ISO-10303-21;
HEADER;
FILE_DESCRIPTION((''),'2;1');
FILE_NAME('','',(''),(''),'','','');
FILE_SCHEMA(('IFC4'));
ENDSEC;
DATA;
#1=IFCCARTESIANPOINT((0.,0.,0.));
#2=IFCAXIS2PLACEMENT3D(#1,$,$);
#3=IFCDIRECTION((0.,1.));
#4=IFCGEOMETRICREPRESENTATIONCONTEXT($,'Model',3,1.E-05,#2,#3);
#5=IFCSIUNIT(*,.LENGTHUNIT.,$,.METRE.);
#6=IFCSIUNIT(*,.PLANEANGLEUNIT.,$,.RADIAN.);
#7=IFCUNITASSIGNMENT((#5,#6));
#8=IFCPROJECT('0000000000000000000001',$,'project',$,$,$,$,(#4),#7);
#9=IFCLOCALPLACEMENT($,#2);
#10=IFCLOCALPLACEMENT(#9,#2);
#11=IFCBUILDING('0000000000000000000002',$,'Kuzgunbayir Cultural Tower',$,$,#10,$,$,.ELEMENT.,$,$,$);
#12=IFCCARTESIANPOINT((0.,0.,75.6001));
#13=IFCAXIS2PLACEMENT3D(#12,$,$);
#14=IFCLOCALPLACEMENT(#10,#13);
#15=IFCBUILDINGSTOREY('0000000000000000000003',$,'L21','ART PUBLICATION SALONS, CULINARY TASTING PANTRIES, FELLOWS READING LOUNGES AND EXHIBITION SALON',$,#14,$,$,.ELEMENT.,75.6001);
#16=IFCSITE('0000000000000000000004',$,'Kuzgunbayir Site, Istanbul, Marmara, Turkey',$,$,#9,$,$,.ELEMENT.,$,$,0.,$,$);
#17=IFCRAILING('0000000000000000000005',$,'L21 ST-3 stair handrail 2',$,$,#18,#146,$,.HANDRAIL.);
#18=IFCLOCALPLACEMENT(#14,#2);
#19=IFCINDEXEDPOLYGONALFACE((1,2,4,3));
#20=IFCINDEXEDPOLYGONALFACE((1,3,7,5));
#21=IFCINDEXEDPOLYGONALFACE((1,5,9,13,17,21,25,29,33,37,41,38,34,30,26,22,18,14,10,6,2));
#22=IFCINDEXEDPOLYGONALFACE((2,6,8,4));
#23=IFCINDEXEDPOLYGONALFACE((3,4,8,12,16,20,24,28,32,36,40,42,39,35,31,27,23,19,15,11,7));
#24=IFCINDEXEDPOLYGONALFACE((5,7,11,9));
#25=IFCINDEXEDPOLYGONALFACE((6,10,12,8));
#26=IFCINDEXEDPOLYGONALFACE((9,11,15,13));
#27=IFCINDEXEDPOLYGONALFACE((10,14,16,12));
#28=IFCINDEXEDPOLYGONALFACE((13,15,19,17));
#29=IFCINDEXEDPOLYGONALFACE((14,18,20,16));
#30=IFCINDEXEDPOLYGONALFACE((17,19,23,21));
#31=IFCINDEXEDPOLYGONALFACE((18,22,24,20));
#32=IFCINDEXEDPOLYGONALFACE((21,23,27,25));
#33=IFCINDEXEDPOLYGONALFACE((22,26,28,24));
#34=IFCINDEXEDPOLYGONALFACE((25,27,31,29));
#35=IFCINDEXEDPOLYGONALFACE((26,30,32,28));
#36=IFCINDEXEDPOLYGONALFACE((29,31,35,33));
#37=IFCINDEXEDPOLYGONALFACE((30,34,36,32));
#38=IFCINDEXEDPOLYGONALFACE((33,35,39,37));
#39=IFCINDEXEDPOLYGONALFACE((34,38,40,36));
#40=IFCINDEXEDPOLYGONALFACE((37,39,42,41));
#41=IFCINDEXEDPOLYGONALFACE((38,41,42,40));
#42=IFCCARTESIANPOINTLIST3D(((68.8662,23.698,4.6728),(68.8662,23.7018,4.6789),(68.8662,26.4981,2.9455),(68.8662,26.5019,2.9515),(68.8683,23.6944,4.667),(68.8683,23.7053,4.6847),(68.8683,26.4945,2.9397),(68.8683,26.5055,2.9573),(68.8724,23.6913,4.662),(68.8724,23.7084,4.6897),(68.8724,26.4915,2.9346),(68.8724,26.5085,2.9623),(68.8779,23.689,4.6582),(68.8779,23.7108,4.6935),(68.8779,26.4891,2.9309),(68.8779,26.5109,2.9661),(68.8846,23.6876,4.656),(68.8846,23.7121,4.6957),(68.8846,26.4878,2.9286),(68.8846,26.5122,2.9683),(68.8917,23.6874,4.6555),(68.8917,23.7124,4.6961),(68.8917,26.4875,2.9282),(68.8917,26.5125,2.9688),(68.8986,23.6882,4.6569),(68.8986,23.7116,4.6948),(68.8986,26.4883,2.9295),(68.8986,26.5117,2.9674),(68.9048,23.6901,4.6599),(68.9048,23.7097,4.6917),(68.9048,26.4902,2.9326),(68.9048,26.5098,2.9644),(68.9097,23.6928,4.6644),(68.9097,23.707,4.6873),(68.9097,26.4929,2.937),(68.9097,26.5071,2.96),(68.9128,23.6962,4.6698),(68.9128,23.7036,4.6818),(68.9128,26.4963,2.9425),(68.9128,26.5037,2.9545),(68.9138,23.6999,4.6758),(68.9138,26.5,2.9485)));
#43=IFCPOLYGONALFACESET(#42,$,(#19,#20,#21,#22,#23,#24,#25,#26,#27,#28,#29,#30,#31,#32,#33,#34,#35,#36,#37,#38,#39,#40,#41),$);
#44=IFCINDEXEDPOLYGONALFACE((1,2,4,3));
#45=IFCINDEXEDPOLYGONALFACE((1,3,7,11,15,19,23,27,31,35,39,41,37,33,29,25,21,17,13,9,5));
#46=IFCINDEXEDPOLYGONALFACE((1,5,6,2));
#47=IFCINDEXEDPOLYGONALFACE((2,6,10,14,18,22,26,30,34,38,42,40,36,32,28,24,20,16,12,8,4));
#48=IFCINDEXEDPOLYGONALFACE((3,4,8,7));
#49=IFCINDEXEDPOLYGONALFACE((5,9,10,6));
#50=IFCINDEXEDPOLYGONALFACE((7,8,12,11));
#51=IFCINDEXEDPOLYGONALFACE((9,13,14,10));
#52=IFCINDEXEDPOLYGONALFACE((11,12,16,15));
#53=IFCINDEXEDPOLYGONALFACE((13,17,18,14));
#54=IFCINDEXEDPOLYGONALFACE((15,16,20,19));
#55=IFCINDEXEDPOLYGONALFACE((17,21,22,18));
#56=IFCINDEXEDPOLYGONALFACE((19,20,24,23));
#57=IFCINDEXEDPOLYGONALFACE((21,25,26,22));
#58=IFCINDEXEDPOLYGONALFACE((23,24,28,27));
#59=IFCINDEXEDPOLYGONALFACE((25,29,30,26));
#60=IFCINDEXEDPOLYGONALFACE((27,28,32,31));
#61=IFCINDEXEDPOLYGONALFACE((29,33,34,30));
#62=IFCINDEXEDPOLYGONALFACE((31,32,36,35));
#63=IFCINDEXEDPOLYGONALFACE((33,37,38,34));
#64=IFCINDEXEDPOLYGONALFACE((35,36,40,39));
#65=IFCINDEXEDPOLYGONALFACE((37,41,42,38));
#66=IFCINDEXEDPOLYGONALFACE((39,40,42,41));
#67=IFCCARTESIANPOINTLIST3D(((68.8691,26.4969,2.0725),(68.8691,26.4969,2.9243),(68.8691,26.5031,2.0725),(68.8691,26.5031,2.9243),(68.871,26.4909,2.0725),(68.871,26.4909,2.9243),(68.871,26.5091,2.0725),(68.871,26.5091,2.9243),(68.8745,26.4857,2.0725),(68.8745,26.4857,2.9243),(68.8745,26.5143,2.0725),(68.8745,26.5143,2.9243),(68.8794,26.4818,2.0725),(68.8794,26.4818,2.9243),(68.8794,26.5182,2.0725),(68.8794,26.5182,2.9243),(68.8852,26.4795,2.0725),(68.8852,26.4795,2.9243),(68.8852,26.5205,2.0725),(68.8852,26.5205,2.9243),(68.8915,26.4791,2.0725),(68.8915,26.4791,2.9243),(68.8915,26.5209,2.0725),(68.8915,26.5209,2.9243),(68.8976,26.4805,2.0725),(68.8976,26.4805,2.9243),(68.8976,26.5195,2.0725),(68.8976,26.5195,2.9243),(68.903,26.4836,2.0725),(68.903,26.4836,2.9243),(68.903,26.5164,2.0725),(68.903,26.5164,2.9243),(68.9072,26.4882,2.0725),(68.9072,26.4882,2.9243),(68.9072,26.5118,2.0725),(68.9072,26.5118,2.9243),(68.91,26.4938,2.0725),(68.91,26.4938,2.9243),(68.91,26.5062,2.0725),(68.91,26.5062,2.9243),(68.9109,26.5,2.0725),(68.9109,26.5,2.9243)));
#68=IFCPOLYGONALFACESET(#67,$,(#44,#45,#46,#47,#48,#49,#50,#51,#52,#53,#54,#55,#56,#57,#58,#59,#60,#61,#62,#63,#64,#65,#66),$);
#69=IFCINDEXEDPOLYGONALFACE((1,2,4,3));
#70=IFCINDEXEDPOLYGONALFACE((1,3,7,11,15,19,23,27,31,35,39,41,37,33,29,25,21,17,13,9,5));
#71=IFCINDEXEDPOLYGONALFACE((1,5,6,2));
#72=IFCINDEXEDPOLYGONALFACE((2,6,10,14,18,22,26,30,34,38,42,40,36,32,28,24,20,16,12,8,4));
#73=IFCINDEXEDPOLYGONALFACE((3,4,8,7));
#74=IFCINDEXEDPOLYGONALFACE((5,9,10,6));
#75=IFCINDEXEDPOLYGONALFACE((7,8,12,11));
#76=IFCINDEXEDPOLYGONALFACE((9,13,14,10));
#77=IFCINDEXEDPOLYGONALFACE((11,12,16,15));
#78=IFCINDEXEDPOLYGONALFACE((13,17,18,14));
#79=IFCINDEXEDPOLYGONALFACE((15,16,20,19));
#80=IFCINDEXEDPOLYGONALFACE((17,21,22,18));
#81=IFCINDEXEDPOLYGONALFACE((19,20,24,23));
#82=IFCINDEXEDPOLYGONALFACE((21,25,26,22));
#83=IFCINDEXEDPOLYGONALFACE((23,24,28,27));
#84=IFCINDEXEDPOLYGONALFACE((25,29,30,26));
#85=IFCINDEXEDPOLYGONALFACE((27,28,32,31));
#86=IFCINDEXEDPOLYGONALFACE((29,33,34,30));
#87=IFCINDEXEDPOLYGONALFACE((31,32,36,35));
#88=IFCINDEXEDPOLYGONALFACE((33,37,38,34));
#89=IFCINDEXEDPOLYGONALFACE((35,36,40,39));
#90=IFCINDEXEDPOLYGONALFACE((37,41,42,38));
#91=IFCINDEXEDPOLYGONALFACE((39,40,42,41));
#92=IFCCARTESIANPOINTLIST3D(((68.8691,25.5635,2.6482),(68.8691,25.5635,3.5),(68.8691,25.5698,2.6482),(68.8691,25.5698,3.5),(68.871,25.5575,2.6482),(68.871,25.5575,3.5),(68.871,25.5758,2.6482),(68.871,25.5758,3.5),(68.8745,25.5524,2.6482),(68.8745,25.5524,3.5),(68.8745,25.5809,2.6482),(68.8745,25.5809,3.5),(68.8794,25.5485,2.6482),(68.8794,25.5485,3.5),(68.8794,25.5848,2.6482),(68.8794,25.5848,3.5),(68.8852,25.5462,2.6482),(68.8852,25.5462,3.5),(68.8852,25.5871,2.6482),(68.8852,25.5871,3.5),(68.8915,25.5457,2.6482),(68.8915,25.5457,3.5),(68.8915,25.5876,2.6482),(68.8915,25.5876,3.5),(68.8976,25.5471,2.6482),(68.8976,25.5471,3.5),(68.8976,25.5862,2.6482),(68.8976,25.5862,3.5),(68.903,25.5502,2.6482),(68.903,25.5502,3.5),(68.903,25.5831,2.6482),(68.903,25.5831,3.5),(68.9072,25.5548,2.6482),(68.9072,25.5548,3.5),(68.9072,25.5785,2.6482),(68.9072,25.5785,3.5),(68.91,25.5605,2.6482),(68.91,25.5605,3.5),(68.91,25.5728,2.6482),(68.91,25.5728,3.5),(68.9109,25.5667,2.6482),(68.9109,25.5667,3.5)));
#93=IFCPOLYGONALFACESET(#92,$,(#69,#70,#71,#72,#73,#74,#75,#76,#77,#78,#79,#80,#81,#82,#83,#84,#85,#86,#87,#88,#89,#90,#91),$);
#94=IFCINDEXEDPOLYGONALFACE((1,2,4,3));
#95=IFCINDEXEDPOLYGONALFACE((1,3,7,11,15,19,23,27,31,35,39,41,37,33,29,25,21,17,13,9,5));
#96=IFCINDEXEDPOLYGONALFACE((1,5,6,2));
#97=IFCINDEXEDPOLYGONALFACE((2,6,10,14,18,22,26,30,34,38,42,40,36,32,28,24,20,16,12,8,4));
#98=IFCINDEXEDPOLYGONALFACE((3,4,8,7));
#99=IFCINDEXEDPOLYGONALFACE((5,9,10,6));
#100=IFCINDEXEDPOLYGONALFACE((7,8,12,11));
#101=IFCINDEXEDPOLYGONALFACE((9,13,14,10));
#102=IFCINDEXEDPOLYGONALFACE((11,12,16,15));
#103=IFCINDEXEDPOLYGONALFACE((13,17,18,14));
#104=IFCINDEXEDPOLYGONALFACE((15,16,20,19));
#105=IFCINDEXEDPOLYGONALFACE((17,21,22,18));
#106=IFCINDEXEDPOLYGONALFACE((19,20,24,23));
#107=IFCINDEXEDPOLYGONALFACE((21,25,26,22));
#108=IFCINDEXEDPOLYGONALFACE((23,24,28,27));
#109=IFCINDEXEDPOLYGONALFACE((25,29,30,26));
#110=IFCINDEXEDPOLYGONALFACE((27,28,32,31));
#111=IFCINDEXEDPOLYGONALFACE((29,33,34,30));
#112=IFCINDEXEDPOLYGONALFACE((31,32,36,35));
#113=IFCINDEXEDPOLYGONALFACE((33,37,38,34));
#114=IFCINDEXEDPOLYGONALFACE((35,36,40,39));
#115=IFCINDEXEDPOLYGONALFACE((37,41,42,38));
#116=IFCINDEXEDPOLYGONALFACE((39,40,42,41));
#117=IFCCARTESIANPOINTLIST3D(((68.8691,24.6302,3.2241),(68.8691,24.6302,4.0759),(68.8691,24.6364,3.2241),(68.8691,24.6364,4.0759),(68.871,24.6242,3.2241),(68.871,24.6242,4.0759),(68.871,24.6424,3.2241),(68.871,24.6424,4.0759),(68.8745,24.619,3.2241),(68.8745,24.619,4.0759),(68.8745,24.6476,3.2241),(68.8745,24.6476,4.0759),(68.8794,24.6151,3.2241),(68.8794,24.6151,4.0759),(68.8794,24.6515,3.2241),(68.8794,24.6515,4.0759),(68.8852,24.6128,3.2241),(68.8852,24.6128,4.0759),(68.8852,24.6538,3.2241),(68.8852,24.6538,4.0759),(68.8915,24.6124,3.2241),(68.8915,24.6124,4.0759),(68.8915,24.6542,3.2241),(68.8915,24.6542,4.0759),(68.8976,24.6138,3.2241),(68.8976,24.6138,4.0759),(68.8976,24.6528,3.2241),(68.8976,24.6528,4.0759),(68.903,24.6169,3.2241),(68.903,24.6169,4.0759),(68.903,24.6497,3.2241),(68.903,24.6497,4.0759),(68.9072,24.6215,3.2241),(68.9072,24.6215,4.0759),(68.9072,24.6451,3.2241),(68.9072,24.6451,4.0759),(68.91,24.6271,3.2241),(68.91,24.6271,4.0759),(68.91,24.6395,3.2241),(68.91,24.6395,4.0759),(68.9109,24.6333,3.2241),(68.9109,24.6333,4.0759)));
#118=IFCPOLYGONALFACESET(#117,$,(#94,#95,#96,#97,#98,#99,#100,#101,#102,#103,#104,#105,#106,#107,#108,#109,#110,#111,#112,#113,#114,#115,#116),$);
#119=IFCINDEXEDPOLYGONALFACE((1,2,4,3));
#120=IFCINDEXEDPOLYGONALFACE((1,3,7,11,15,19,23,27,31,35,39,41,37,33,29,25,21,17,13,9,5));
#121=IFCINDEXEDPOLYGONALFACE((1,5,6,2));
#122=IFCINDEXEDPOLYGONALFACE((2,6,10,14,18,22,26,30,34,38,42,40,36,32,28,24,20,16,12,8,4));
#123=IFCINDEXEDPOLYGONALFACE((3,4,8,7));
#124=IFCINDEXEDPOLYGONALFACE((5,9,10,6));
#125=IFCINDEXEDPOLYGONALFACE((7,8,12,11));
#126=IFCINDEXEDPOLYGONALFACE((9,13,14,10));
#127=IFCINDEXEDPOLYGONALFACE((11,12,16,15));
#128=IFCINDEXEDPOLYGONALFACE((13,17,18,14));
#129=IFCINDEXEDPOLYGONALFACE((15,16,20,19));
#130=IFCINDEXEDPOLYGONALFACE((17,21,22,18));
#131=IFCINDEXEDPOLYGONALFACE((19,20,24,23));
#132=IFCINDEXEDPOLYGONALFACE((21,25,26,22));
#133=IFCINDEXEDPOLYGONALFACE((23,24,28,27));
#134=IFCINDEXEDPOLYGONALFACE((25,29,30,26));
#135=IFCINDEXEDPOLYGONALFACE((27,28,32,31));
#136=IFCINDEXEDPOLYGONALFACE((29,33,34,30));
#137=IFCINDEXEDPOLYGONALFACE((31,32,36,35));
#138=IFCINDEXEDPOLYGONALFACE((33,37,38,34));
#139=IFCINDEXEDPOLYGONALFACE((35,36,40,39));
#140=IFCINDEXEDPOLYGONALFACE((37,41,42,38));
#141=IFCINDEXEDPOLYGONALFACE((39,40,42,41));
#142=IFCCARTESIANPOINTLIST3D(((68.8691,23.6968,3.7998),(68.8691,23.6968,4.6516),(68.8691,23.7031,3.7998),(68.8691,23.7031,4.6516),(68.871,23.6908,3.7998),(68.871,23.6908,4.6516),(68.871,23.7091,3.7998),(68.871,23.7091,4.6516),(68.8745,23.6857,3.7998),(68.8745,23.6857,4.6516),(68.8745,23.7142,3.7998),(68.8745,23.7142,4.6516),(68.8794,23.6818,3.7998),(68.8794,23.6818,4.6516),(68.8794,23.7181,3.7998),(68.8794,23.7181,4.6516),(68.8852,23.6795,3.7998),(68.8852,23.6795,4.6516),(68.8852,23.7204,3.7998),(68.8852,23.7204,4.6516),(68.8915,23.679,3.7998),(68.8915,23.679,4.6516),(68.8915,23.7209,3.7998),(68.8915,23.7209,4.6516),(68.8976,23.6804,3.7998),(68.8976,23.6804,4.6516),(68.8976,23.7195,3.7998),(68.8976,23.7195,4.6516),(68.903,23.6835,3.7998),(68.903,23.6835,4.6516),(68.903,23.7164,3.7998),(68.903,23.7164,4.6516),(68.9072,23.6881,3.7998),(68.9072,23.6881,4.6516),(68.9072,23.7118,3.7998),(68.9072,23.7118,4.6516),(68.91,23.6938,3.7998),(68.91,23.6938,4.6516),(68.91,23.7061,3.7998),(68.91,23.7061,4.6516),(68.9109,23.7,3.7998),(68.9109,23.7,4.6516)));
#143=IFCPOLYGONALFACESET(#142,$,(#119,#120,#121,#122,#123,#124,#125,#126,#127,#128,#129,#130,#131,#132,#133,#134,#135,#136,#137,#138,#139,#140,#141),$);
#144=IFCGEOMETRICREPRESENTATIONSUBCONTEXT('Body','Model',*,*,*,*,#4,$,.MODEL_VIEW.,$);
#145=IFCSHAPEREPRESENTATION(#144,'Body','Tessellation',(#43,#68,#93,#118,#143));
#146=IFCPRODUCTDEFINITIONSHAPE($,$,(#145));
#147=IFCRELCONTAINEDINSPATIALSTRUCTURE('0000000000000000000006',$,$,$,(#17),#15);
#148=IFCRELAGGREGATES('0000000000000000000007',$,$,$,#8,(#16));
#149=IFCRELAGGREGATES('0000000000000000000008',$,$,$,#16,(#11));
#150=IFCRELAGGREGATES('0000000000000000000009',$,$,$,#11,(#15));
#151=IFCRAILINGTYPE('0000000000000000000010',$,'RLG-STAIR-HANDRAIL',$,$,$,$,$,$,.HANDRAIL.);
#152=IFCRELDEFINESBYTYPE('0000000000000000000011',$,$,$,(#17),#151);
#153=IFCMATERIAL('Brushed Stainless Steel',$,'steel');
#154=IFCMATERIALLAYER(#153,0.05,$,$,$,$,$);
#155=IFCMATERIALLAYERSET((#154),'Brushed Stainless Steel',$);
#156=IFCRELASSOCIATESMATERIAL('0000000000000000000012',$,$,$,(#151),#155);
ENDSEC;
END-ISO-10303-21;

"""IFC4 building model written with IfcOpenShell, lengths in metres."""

from ifc_helpers import new_model, si_unit, direction, frame, origin, origin_2d, place, context, subcontext, project, spatial, circle, extrude, material, layer, layer_set, type_object, element, save


model = new_model("IFC4")

# Units and contexts
model_context = context("Model", 3, precision=1e-05, world=origin(), true_north=direction((0.0, 1.0)))
body_context = subcontext(model_context, "Body", "Model", "MODEL_VIEW")
ifc_project = project(units=[si_unit("LENGTHUNIT", "METRE"), si_unit("PLANEANGLEUNIT", "RADIAN")], contexts=[model_context])

# Site, building, storey
site_placement = place(None, origin())
site = spatial("IfcSite", under=ifc_project, at=site_placement, Name="Kuzgunbayir Site, Istanbul, Marmara, Turkey", CompositionType="ELEMENT", RefElevation=0.0)
building_placement = place(site_placement, origin())
building = spatial("IfcBuilding", under=site, at=building_placement, Name="Kuzgunbayir Cultural Tower", CompositionType="ELEMENT")
storey_placement = place(building_placement, frame((0.0, 0.0, 75.6001)))
storey = spatial("IfcBuildingStorey", under=building, at=storey_placement, Name="L21", Description="ART PUBLICATION SALONS, CULINARY TASTING PANTRIES, FELLOWS READING LOUNGES AND EXHIBITION SALON", CompositionType="ELEMENT", Elevation=75.6001)

# Railing
ifc_material_1 = material(Name="Brushed Stainless Steel", Category="steel")
ifc_layer_1 = layer(ifc_material_1, 0.05)
ifc_layer_set_1 = layer_set([ifc_layer_1], Name="Brushed Stainless Steel")
railing_type_1 = type_object("IfcRailingType", Name="RLG-STAIR-HANDRAIL", PredefinedType="HANDRAIL", material=ifc_layer_set_1)
railing_1_placement = place(storey_placement, frame((68.8899, 26.5, 2.0725)))
element("IfcRailing", 1, at=railing_1_placement, inside=storey, type_object=railing_type_1, Name="L21 ST-3 stair handrail 2", PredefinedType="HANDRAIL", context=body_context, shape_type="SweptSolid", body=[
    extrude(circle(Radius=0.0239, at=origin_2d()), frame((0.0, 0.0, 0.876), z_axis=(0.0, -0.85109, 0.52502), x_axis=(1.0, 0.0, 0.0)), (0.0, 0.0, 1.0), 3.29),
    extrude(circle(Radius=0.021, at=origin_2d()), origin(), (0.0, 0.0, 1.0), 0.8518),
    extrude(circle(Radius=0.021, at=origin_2d()), frame((0.0, -0.9333, 0.5757)), (0.0, 0.0, 1.0), 0.8518),
    extrude(circle(Radius=0.021, at=origin_2d()), frame((0.0, -1.8667, 1.1516)), (0.0, 0.0, 1.0), 0.8518),
    extrude(circle(Radius=0.021, at=origin_2d()), frame((0.0, -2.8, 1.7273)), (0.0, 0.0, 1.0), 0.8518),
])

save(model, "model.ifc")
